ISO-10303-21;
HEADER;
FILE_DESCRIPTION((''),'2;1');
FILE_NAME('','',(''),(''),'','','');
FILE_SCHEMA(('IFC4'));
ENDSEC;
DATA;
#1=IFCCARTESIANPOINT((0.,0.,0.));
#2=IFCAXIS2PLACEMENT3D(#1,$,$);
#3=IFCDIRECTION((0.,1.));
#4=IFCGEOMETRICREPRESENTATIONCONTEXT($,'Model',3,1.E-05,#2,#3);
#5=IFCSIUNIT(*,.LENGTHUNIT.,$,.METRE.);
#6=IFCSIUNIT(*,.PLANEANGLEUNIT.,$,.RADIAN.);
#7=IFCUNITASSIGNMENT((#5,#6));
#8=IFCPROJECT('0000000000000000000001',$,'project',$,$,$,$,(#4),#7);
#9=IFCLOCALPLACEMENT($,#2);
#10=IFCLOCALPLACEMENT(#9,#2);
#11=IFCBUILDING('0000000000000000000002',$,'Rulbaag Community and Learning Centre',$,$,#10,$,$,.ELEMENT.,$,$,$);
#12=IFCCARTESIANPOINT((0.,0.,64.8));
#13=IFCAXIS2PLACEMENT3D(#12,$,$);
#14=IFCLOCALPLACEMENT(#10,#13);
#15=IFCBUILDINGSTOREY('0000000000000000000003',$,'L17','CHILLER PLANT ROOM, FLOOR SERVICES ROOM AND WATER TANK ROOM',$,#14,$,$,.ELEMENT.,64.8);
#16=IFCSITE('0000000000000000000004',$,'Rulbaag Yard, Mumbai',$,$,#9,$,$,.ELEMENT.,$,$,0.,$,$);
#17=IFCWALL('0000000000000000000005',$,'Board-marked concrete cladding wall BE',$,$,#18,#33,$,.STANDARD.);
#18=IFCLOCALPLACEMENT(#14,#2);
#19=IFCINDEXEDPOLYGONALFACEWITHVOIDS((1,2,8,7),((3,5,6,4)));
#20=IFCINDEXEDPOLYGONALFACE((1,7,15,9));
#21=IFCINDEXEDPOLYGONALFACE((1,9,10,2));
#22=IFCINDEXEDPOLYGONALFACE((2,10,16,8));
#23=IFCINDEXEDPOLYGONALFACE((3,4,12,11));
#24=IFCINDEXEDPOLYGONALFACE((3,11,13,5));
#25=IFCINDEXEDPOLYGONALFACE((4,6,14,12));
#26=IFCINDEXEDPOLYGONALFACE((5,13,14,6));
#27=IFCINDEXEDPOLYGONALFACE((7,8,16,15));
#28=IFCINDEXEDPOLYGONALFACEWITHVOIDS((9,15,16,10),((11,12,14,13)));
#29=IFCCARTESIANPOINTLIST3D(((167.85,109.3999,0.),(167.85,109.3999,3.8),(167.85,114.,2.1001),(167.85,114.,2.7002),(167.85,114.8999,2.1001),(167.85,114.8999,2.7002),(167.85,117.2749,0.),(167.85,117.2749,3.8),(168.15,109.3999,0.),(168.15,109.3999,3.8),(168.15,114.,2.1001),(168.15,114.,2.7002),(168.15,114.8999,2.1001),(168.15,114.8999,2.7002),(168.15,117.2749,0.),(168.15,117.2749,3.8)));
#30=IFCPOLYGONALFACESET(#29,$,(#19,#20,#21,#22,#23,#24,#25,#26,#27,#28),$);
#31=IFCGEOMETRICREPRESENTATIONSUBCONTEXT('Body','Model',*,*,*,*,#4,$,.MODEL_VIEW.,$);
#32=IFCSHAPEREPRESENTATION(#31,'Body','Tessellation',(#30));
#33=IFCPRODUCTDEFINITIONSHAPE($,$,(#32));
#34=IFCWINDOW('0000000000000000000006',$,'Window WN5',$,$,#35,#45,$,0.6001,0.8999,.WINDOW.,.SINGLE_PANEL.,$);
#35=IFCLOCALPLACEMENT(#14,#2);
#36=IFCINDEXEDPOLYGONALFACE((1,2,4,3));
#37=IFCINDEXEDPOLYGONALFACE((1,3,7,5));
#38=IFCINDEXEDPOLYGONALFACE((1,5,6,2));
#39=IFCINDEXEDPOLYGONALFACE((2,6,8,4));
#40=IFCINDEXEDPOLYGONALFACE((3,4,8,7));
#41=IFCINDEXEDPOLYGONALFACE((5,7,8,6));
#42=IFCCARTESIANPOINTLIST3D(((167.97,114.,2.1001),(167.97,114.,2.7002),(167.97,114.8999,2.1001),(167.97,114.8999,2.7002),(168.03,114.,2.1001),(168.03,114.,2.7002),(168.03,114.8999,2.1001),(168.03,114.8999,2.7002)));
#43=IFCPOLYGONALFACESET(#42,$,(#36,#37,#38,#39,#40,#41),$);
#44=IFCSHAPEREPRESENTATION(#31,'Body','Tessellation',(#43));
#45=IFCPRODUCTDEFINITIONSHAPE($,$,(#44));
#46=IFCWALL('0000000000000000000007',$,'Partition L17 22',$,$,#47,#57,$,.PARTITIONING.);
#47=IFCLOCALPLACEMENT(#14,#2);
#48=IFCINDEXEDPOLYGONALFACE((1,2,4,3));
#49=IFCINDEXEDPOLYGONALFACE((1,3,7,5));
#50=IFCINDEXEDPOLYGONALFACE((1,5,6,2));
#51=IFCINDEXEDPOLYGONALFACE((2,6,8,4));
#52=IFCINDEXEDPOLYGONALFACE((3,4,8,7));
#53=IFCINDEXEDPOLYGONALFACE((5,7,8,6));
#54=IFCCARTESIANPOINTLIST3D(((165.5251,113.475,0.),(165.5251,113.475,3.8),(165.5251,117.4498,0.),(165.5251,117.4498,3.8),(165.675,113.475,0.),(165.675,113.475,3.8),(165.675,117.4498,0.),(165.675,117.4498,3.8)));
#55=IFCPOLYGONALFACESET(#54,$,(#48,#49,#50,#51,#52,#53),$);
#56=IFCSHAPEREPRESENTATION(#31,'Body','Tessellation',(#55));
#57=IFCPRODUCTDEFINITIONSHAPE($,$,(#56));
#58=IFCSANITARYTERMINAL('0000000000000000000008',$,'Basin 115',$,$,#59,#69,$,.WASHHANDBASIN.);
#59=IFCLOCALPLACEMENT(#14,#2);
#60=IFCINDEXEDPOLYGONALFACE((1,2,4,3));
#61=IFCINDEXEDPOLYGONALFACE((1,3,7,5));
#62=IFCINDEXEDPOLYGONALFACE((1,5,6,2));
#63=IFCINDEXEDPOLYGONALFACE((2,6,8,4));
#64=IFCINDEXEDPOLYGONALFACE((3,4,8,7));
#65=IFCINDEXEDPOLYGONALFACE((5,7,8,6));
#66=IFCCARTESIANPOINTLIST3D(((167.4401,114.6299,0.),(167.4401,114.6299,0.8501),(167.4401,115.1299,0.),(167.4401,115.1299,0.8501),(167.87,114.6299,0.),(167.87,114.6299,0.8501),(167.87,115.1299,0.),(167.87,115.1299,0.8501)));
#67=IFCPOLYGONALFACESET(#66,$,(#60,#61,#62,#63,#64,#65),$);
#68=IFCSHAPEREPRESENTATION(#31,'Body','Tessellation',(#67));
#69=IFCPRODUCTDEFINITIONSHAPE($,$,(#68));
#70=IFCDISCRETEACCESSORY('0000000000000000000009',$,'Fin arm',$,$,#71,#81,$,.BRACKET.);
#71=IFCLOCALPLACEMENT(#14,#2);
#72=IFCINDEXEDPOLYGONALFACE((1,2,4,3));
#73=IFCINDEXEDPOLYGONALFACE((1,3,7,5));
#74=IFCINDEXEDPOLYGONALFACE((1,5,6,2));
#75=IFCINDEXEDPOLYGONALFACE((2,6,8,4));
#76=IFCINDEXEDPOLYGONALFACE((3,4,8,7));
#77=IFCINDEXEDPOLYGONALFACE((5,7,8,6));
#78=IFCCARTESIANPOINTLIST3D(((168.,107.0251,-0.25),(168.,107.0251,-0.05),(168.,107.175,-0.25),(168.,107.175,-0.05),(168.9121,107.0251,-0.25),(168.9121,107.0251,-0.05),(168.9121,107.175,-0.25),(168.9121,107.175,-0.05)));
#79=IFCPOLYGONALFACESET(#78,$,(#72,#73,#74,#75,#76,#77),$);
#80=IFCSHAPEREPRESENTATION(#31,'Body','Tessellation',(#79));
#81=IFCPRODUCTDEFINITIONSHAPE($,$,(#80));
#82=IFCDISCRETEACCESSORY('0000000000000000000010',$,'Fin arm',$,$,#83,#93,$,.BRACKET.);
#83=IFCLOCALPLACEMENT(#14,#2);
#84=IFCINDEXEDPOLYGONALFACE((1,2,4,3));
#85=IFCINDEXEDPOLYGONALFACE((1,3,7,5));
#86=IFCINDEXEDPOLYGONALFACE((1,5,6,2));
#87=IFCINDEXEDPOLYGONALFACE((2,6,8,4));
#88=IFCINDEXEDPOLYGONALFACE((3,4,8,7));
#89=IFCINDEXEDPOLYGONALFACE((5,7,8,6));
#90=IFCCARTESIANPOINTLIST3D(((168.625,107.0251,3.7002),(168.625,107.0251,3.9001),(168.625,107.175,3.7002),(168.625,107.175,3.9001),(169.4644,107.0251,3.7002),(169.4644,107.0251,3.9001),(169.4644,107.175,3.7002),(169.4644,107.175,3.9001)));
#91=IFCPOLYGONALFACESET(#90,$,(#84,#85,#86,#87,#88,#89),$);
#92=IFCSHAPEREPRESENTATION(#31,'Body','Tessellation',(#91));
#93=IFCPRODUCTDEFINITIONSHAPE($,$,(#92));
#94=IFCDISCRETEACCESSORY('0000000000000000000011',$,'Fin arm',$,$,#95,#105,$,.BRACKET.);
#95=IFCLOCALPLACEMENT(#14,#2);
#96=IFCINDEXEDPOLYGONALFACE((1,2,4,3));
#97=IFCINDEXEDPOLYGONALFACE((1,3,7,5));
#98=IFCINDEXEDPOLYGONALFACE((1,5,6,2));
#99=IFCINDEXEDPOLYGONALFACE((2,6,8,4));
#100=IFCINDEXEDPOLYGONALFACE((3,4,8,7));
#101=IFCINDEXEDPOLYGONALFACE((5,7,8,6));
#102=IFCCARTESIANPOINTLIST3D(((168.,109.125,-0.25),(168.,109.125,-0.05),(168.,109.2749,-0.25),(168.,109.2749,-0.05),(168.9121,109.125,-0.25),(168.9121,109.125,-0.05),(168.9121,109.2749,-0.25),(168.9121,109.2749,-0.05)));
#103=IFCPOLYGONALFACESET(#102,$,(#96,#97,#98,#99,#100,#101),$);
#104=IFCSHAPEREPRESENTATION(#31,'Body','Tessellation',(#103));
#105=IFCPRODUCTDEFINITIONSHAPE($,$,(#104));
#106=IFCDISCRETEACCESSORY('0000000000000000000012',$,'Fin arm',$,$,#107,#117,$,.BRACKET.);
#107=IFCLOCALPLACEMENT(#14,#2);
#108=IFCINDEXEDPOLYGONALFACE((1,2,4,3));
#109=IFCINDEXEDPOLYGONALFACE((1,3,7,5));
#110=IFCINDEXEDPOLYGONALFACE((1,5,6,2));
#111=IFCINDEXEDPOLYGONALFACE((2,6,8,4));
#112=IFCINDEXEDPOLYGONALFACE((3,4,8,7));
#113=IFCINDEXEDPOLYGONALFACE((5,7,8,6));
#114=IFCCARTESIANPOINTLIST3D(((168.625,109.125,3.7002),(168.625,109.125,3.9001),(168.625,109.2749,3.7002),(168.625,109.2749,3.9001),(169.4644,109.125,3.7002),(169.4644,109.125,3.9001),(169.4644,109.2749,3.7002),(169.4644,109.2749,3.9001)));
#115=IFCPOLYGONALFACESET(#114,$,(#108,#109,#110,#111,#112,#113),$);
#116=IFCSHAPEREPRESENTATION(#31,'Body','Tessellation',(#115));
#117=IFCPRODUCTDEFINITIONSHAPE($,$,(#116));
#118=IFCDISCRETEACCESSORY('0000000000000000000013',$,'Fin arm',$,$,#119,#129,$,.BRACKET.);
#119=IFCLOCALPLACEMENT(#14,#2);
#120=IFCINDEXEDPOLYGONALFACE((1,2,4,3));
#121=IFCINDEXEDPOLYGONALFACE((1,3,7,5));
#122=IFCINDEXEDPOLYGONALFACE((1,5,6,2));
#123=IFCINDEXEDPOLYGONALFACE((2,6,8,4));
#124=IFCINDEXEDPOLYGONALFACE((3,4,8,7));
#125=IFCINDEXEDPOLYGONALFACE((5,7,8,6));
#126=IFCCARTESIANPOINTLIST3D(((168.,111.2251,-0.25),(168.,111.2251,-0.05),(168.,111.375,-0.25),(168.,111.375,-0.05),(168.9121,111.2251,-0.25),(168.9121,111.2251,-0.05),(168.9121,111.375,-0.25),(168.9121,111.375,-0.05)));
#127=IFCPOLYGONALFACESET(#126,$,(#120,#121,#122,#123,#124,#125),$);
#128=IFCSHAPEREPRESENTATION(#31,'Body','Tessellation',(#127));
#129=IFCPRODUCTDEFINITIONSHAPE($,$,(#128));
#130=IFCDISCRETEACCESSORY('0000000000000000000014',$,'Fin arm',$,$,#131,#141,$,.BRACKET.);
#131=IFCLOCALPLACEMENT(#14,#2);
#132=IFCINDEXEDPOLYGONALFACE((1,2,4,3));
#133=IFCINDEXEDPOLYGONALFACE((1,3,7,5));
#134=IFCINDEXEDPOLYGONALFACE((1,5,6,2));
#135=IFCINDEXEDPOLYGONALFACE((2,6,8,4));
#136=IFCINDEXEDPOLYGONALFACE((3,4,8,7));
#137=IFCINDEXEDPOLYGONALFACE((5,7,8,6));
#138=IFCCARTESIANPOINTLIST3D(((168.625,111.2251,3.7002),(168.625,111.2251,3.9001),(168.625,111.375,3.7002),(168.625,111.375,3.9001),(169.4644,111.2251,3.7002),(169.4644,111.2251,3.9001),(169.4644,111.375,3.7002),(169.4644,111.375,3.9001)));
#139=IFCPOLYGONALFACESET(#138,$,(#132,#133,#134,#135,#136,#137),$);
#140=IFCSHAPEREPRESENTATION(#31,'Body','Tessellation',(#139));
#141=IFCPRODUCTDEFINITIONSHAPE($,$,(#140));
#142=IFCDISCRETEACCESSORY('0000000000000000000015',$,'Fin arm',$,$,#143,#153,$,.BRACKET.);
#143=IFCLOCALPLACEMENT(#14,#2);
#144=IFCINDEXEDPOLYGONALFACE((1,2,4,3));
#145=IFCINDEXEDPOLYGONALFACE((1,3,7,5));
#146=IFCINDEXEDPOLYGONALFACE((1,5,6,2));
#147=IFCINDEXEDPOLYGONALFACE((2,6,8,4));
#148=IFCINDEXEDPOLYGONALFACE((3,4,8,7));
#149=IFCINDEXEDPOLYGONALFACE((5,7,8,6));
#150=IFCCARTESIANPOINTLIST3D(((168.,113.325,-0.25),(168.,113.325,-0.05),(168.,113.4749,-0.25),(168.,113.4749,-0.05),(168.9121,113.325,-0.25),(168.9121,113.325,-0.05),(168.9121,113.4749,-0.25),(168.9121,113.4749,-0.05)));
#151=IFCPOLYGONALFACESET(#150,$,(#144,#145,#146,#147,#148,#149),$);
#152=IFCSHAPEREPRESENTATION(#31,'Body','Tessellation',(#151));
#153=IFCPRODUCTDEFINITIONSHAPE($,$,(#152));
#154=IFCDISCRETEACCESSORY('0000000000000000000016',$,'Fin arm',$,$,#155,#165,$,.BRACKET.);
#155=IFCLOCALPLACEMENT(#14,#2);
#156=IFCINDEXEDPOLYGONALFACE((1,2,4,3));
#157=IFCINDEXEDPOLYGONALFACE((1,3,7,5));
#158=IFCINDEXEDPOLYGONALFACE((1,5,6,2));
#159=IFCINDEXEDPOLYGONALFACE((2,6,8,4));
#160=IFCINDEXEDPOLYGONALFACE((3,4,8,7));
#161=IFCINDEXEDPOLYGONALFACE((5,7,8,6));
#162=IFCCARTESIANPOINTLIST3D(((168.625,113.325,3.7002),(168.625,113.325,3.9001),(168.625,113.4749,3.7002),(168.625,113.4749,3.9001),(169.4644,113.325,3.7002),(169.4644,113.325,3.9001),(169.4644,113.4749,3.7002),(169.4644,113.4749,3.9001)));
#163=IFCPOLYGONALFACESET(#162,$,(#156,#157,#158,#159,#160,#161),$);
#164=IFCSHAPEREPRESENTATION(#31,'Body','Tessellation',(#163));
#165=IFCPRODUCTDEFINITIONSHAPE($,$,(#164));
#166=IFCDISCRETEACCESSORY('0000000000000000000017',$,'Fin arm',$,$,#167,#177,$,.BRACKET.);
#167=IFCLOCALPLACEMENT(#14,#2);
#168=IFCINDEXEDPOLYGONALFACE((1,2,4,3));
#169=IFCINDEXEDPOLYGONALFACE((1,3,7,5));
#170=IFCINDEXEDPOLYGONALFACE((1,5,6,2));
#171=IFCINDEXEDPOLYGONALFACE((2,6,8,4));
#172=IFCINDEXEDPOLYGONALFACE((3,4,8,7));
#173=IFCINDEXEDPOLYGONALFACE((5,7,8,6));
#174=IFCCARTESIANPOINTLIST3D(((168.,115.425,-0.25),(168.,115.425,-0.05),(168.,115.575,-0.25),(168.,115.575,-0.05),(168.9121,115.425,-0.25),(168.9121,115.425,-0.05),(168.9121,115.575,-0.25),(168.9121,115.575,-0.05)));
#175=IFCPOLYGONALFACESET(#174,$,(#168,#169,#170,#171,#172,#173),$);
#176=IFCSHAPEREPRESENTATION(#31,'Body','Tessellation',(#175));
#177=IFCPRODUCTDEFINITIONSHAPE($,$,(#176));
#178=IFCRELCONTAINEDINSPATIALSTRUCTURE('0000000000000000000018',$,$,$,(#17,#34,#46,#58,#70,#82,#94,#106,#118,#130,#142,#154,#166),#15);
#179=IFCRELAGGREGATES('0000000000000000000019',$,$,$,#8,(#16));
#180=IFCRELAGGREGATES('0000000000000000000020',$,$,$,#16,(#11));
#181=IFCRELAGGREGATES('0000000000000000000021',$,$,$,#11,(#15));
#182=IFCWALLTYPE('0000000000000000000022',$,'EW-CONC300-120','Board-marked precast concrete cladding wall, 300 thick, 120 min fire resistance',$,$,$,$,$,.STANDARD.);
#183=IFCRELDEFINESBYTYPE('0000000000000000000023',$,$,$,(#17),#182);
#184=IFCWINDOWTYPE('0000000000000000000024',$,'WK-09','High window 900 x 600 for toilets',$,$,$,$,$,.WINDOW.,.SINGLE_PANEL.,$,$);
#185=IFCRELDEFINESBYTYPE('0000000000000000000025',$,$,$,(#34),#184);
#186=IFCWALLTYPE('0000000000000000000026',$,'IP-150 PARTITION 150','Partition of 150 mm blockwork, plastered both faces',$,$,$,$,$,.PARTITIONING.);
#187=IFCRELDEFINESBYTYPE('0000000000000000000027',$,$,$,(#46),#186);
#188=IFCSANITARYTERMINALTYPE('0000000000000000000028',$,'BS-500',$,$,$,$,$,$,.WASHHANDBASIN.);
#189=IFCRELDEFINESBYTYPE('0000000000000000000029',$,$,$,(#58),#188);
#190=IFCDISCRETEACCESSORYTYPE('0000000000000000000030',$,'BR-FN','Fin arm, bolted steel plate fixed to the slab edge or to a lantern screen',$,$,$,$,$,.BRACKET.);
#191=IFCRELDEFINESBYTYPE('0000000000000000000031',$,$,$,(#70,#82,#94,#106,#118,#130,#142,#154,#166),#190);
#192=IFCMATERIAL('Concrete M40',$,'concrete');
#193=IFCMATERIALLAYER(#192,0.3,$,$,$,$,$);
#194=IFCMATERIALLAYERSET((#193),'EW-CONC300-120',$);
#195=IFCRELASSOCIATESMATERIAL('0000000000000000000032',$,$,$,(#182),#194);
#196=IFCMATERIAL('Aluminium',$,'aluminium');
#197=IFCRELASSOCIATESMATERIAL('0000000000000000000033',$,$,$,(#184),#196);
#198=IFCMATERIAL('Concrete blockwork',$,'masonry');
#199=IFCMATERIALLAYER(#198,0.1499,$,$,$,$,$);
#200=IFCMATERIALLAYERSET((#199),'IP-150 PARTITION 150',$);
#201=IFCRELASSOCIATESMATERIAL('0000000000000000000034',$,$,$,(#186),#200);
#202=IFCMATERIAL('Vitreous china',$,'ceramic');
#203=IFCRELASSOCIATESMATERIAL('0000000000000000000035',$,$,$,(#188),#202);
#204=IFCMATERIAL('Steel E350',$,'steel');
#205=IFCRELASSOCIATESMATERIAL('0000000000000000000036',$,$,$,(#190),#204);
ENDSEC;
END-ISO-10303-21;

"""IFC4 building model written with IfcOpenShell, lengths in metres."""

from ifc_helpers import new_model, si_unit, direction, frame, frame_2d, origin, origin_2d, place, context, subcontext, project, spatial, rectangle, extrude, material, layer, layer_set, type_object, element, fill, save


model = new_model("IFC4")

# Units and contexts
model_context = context("Model", 3, precision=1e-05, world=origin(), true_north=direction((0.0, 1.0)))
body_context = subcontext(model_context, "Body", "Model", "MODEL_VIEW")
ifc_project = project(units=[si_unit("LENGTHUNIT", "METRE"), si_unit("PLANEANGLEUNIT", "RADIAN")], contexts=[model_context])

# Site, building, storey
site_placement = place(None, origin())
site = spatial("IfcSite", under=ifc_project, at=site_placement, Name="Rulbaag Yard, Mumbai", CompositionType="ELEMENT", RefElevation=0.0)
building_placement = place(site_placement, origin())
building = spatial("IfcBuilding", under=site, at=building_placement, Name="Rulbaag Community and Learning Centre", CompositionType="ELEMENT")
storey_placement = place(building_placement, frame((0.0, 0.0, 64.8)))
storey = spatial("IfcBuildingStorey", under=building, at=storey_placement, Name="L17", Description="CHILLER PLANT ROOM, FLOOR SERVICES ROOM AND WATER TANK ROOM", CompositionType="ELEMENT", Elevation=64.8)

# Wall, opening, window
ifc_material_1 = material(Name="Concrete M40", Category="concrete")
ifc_layer_1 = layer(ifc_material_1, 0.3)
ifc_layer_set_1 = layer_set([ifc_layer_1], Name="EW-CONC300-120")
wall_type_1 = type_object("IfcWallType", Name="EW-CONC300-120", Description="Board-marked precast concrete cladding wall, 300 thick, 120 min fire resistance", PredefinedType="STANDARD", material=ifc_layer_set_1)
wall_1_placement = place(storey_placement, frame((168.0, 109.3999, 0.0), z_axis=(0.0, 0.0, 1.0), x_axis=(0.0, 1.0, 0.0)))
wall_1 = element("IfcWall", 1, at=wall_1_placement, inside=storey, type_object=wall_type_1, Name="Board-marked concrete cladding wall BE", PredefinedType="STANDARD", context=body_context, shape_type="SweptSolid", body=[
    extrude(rectangle(XDim=7.875, YDim=0.3, at=frame_2d((3.9375, 0.0))), origin(), (0.0, 0.0, 1.0), 3.8),
])
opening_1_placement = place(wall_1_placement, frame((4.6001, 0.0, 2.1001)))
opening_1 = element("IfcOpeningElement", 2, at=opening_1_placement, cuts=wall_1, PredefinedType="OPENING", context=body_context, shape_type="SweptSolid", body=[
    extrude(rectangle(XDim=0.8999, YDim=0.6001, at=frame_2d((0.45, 0.3))), frame((0.0, 0.1599, 0.0), z_axis=(0.0, -1.0, 0.0), x_axis=(1.0, 0.0, 0.0)), (0.0, 0.0, 1.0), 0.3201),
])
ifc_material_2 = material(Name="Aluminium", Category="aluminium")
window_type = type_object("IfcWindowType", Name="WK-09", Description="High window 900 x 600 for toilets", PartitioningType="SINGLE_PANEL", PredefinedType="WINDOW", material=ifc_material_2)
window_placement = place(opening_1_placement, origin())
window = element("IfcWindow", 3, at=window_placement, inside=storey, type_object=window_type, Name="Window WN5", OverallHeight=0.6001, OverallWidth=0.8999, PartitioningType="SINGLE_PANEL", PredefinedType="WINDOW", context=body_context, shape_type="SweptSolid", body=[
    extrude(rectangle(XDim=0.8999, YDim=0.6001, at=frame_2d((0.45, 0.3))), frame((0.0, 0.03, 0.0), z_axis=(0.0, -1.0, 0.0), x_axis=(1.0, 0.0, 0.0)), (0.0, 0.0, 1.0), 0.0601),
])
fill(opening_1, window)

# Wall
ifc_material_3 = material(Name="Concrete blockwork", Category="masonry")
ifc_layer_2 = layer(ifc_material_3, 0.1499)
ifc_layer_set_2 = layer_set([ifc_layer_2], Name="IP-150 PARTITION 150")
wall_type_2 = type_object("IfcWallType", Name="IP-150 PARTITION 150", Description="Partition of 150 mm blockwork, plastered both faces", PredefinedType="PARTITIONING", material=ifc_layer_set_2)
wall_2_placement = place(storey_placement, frame((165.6001, 113.4751, 0.0), z_axis=(0.0, 0.0, 1.0), x_axis=(0.0, 1.0, 0.0)))
element("IfcWall", 4, at=wall_2_placement, inside=storey, type_object=wall_type_2, Name="Partition L17 22", PredefinedType="PARTITIONING", context=body_context, shape_type="SweptSolid", body=[
    extrude(rectangle(XDim=3.9749, YDim=0.1499, at=frame_2d((1.9873, 0.0))), origin(), (0.0, 0.0, 1.0), 3.8),
])

# Sanitary terminal
ifc_material_4 = material(Name="Vitreous china", Category="ceramic")
sanitary_terminal_type = type_object("IfcSanitaryTerminalType", Name="BS-500", PredefinedType="WASHHANDBASIN", material=ifc_material_4)
sanitary_terminal_placement = place(storey_placement, frame((167.655, 114.8799, 0.0), z_axis=(0.0, 0.0, 1.0), x_axis=(1.0, 0.0, 0.0)))
element("IfcSanitaryTerminal", 5, at=sanitary_terminal_placement, inside=storey, type_object=sanitary_terminal_type, Name="Basin 115", PredefinedType="WASHHANDBASIN", context=body_context, shape_type="SweptSolid", body=[
    extrude(rectangle(XDim=0.4299, YDim=0.5, at=origin_2d()), origin(), (0.0, 0.0, 1.0), 0.8501),
])

# Discrete accessories
ifc_material_5 = material(Name="Steel E350", Category="steel")
discrete_accessory_type_1 = type_object("IfcDiscreteAccessoryType", Name="BR-FN", Description="Fin arm, bolted steel plate fixed to the slab edge or to a lantern screen", PredefinedType="BRACKET", material=ifc_material_5)
discrete_accessory_1_placement = place(storey_placement, frame((168.4561, 107.1001, -0.25), z_axis=(0.0, 0.0, 1.0), x_axis=(1.0, 0.0, 0.0)))
element("IfcDiscreteAccessory", 6, at=discrete_accessory_1_placement, inside=storey, type_object=discrete_accessory_type_1, Name="Fin arm", PredefinedType="BRACKET", context=body_context, shape_type="SweptSolid", body=[
    extrude(rectangle(XDim=0.9121, YDim=0.1499, at=origin_2d()), origin(), (0.0, 0.0, 1.0), 0.2),
])
discrete_accessory_2_placement = place(storey_placement, frame((169.0447, 107.1001, 3.7002), z_axis=(0.0, 0.0, 1.0), x_axis=(1.0, 0.0, 0.0)))
element("IfcDiscreteAccessory", 7, at=discrete_accessory_2_placement, inside=storey, type_object=discrete_accessory_type_1, Name="Fin arm", PredefinedType="BRACKET", context=body_context, shape_type="SweptSolid", body=[
    extrude(rectangle(XDim=0.8394, YDim=0.1499, at=origin_2d()), origin(), (0.0, 0.0, 1.0), 0.2),
])
discrete_accessory_3_placement = place(storey_placement, frame((168.4561, 109.2, -0.25), z_axis=(0.0, 0.0, 1.0), x_axis=(1.0, 0.0, 0.0)))
element("IfcDiscreteAccessory", 8, at=discrete_accessory_3_placement, inside=storey, type_object=discrete_accessory_type_1, Name="Fin arm", PredefinedType="BRACKET", context=body_context, shape_type="SweptSolid", body=[
    extrude(rectangle(XDim=0.9121, YDim=0.1499, at=origin_2d()), origin(), (0.0, 0.0, 1.0), 0.2),
])
discrete_accessory_4_placement = place(storey_placement, frame((169.0447, 109.2, 3.7002), z_axis=(0.0, 0.0, 1.0), x_axis=(1.0, 0.0, 0.0)))
element("IfcDiscreteAccessory", 9, at=discrete_accessory_4_placement, inside=storey, type_object=discrete_accessory_type_1, Name="Fin arm", PredefinedType="BRACKET", context=body_context, shape_type="SweptSolid", body=[
    extrude(rectangle(XDim=0.8394, YDim=0.1499, at=origin_2d()), origin(), (0.0, 0.0, 1.0), 0.2),
])
discrete_accessory_5_placement = place(storey_placement, frame((168.4561, 111.3, -0.25), z_axis=(0.0, 0.0, 1.0), x_axis=(1.0, 0.0, 0.0)))
element("IfcDiscreteAccessory", 10, at=discrete_accessory_5_placement, inside=storey, type_object=discrete_accessory_type_1, Name="Fin arm", PredefinedType="BRACKET", context=body_context, shape_type="SweptSolid", body=[
    extrude(rectangle(XDim=0.9121, YDim=0.1499, at=origin_2d()), origin(), (0.0, 0.0, 1.0), 0.2),
])
discrete_accessory_6_placement = place(storey_placement, frame((169.0447, 111.3, 3.7002), z_axis=(0.0, 0.0, 1.0), x_axis=(1.0, 0.0, 0.0)))
element("IfcDiscreteAccessory", 11, at=discrete_accessory_6_placement, inside=storey, type_object=discrete_accessory_type_1, Name="Fin arm", PredefinedType="BRACKET", context=body_context, shape_type="SweptSolid", body=[
    extrude(rectangle(XDim=0.8394, YDim=0.1499, at=origin_2d()), origin(), (0.0, 0.0, 1.0), 0.2),
])
discrete_accessory_7_placement = place(storey_placement, frame((168.4561, 113.3999, -0.25), z_axis=(0.0, 0.0, 1.0), x_axis=(1.0, 0.0, 0.0)))
element("IfcDiscreteAccessory", 12, at=discrete_accessory_7_placement, inside=storey, type_object=discrete_accessory_type_1, Name="Fin arm", PredefinedType="BRACKET", context=body_context, shape_type="SweptSolid", body=[
    extrude(rectangle(XDim=0.9121, YDim=0.1499, at=origin_2d()), origin(), (0.0, 0.0, 1.0), 0.2),
])
discrete_accessory_8_placement = place(storey_placement, frame((169.0447, 113.3999, 3.7002), z_axis=(0.0, 0.0, 1.0), x_axis=(1.0, 0.0, 0.0)))
element("IfcDiscreteAccessory", 13, at=discrete_accessory_8_placement, inside=storey, type_object=discrete_accessory_type_1, Name="Fin arm", PredefinedType="BRACKET", context=body_context, shape_type="SweptSolid", body=[
    extrude(rectangle(XDim=0.8394, YDim=0.1499, at=origin_2d()), origin(), (0.0, 0.0, 1.0), 0.2),
])
discrete_accessory_9_placement = place(storey_placement, frame((168.4561, 115.5, -0.25), z_axis=(0.0, 0.0, 1.0), x_axis=(1.0, 0.0, 0.0)))
element("IfcDiscreteAccessory", 14, at=discrete_accessory_9_placement, inside=storey, type_object=discrete_accessory_type_1, Name="Fin arm", PredefinedType="BRACKET", context=body_context, shape_type="SweptSolid", body=[
    extrude(rectangle(XDim=0.9121, YDim=0.1499, at=origin_2d()), origin(), (0.0, 0.0, 1.0), 0.2),
])

save(model, "model.ifc")
